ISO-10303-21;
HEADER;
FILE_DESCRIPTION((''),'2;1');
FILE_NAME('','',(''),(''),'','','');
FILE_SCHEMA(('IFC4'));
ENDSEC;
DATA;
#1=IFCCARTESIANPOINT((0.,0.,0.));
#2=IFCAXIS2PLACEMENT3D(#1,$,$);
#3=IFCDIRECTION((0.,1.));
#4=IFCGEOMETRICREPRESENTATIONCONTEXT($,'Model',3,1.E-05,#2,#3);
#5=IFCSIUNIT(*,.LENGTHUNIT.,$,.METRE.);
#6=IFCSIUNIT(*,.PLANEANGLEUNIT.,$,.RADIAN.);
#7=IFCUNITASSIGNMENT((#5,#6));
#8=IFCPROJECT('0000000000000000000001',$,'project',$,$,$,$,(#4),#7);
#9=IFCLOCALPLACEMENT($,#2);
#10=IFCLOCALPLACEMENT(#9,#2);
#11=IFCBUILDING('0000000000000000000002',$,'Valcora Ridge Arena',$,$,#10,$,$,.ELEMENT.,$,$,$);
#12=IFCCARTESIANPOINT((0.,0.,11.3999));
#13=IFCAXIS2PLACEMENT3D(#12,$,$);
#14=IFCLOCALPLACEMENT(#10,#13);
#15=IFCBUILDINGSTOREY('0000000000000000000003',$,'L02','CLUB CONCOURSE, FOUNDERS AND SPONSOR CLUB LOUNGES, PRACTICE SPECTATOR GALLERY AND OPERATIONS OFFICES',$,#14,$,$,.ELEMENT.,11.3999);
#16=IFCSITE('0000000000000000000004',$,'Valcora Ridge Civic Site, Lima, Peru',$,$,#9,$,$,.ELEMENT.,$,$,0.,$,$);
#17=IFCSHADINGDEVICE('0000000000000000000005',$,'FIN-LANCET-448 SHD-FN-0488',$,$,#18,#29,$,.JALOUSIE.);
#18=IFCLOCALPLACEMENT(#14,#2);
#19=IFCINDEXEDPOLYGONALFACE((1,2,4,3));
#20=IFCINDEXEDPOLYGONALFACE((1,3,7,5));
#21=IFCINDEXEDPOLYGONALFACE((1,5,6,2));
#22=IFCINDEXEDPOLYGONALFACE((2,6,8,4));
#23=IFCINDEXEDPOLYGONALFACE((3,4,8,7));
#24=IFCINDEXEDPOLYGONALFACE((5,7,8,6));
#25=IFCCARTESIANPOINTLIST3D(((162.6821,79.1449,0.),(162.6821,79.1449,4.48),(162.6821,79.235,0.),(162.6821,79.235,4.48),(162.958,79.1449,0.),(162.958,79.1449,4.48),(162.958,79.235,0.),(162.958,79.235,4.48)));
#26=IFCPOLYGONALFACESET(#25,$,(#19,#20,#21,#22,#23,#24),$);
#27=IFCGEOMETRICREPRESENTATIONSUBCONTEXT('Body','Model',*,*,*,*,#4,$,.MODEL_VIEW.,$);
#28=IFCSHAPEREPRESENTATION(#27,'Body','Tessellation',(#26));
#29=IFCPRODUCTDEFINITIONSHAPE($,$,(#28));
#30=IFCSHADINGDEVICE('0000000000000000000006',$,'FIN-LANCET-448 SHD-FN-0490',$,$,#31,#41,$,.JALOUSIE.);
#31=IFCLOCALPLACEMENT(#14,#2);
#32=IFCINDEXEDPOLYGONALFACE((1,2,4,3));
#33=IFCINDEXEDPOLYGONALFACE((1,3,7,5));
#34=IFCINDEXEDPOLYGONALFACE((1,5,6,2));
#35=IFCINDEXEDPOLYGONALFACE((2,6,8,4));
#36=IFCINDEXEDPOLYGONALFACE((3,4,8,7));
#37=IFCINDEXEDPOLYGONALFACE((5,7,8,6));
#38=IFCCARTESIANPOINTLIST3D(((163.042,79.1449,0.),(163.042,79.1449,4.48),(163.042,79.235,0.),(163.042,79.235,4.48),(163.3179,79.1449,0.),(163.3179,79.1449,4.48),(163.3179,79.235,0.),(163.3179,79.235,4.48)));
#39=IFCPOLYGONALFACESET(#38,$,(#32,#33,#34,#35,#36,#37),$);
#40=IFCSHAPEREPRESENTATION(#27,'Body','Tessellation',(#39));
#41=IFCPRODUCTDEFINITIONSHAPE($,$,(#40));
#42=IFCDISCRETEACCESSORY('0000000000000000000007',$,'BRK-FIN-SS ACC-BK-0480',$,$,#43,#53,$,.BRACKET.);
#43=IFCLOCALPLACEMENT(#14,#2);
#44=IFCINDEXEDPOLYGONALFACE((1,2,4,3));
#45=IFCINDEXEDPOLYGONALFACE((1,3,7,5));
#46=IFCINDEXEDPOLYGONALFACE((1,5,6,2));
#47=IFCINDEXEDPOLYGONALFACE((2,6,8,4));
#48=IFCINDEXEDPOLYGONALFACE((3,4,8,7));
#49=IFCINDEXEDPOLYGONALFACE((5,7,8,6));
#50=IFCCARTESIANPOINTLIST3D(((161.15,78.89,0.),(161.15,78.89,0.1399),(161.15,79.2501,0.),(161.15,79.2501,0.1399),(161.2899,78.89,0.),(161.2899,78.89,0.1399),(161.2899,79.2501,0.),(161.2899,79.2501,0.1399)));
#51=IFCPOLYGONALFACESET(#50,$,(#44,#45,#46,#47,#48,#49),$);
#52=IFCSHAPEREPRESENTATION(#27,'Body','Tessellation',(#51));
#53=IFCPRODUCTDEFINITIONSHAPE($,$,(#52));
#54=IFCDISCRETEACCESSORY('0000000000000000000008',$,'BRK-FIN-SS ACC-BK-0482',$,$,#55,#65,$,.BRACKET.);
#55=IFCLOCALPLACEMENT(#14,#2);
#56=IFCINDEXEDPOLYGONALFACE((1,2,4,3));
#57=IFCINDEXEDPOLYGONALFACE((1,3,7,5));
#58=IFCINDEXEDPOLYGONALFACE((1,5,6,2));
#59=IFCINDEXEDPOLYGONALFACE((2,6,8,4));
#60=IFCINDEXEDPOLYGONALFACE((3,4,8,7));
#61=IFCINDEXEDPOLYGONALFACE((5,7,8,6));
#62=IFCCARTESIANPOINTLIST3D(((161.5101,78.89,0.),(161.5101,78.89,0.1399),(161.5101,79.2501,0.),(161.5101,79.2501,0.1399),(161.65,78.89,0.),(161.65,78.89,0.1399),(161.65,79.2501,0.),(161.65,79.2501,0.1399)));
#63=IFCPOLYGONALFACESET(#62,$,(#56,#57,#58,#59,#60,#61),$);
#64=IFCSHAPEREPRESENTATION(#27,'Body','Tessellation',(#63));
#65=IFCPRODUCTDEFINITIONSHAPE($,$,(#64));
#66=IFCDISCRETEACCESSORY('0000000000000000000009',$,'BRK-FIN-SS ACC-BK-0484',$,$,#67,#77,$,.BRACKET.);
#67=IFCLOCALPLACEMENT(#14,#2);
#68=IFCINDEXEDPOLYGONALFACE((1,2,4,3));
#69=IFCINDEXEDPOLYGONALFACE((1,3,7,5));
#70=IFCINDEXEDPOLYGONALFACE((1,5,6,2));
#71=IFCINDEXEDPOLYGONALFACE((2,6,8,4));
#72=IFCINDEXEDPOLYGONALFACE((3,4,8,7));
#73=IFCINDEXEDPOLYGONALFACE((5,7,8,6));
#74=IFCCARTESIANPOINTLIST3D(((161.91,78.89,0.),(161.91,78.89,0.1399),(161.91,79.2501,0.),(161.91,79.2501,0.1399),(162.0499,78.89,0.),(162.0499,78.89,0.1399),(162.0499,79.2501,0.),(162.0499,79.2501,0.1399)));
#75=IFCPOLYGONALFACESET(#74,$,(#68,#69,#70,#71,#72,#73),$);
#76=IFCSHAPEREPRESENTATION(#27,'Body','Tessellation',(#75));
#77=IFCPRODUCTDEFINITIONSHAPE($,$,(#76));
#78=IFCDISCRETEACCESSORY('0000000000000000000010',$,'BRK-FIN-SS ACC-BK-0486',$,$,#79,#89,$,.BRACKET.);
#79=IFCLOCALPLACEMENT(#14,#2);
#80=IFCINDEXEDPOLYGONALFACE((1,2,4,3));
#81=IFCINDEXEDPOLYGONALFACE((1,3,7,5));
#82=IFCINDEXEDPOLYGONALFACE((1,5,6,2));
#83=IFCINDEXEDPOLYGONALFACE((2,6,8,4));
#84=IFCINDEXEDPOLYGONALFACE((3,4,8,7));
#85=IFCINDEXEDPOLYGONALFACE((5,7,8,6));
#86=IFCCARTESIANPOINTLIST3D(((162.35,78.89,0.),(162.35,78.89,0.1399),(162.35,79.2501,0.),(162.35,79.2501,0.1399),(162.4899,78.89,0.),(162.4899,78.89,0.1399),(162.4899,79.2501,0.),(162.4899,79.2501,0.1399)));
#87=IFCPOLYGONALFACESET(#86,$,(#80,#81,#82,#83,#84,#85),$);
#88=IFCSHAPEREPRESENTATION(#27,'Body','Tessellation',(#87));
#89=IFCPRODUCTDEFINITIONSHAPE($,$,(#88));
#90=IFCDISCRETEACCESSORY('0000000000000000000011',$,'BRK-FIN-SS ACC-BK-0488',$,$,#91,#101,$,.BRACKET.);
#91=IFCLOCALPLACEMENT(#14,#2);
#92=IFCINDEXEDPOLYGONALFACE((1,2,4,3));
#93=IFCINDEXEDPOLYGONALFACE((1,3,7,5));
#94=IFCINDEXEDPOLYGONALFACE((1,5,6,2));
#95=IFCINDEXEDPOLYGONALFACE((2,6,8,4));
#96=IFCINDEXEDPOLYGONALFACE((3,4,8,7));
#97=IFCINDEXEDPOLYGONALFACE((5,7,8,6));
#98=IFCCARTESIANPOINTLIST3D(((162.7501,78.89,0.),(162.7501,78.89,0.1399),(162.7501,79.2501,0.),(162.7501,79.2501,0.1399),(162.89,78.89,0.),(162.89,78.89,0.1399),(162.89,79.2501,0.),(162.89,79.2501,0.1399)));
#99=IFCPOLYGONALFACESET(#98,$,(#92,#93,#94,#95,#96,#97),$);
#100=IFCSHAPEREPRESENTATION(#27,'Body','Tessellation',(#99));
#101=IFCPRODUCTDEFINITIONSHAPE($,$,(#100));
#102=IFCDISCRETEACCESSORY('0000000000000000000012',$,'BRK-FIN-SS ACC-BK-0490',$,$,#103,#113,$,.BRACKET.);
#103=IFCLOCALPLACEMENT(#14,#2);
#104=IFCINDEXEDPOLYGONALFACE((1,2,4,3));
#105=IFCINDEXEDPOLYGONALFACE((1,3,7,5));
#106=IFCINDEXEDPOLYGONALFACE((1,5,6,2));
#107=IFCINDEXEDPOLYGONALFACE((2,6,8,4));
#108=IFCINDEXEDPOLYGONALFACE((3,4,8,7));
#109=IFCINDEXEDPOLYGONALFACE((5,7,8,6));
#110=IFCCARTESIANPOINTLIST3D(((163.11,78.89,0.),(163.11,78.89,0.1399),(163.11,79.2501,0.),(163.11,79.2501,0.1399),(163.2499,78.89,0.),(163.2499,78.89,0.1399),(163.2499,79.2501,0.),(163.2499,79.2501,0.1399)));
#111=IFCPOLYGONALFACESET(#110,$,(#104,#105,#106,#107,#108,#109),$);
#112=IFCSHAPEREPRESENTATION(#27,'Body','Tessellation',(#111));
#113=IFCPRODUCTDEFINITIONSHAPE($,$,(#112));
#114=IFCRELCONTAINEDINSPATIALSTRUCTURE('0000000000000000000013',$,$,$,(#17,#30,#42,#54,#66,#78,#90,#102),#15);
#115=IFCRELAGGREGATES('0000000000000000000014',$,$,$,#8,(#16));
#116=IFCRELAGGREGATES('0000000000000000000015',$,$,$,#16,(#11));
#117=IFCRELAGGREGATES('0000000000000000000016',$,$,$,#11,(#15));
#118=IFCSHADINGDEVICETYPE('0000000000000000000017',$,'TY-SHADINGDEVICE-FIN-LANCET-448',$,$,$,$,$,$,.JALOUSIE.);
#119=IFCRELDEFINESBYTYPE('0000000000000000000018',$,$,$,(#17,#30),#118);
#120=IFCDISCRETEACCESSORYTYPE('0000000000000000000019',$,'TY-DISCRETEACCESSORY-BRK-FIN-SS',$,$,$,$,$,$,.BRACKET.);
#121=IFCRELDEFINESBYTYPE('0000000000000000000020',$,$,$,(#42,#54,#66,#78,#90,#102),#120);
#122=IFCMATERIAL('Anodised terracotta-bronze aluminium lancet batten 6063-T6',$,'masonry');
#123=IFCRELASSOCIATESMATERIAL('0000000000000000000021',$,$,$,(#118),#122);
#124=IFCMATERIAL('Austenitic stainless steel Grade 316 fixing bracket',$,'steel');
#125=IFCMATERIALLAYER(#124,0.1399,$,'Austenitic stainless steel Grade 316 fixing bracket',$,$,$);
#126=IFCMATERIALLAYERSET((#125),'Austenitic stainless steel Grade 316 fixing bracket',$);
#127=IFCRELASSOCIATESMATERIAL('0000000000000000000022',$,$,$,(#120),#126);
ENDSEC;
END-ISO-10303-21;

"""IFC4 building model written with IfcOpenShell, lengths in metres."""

from ifc_helpers import new_model, si_unit, direction, frame, origin, origin_2d, place, context, subcontext, project, spatial, rectangle, extrude, material, layer, layer_set, material_profile, profile_set, type_object, element, save


model = new_model("IFC4")

# Units and contexts
model_context = context("Model", 3, precision=1e-05, world=origin(), true_north=direction((0.0, 1.0)))
body_context = subcontext(model_context, "Body", "Model", "MODEL_VIEW")
ifc_project = project(units=[si_unit("LENGTHUNIT", "METRE"), si_unit("PLANEANGLEUNIT", "RADIAN")], contexts=[model_context])

# Site, building, storey
site_placement = place(None, origin())
site = spatial("IfcSite", under=ifc_project, at=site_placement, Name="Valcora Ridge Civic Site, Lima, Peru", CompositionType="ELEMENT", RefElevation=0.0)
building_placement = place(site_placement, origin())
building = spatial("IfcBuilding", under=site, at=building_placement, Name="Valcora Ridge Arena", CompositionType="ELEMENT")
storey_placement = place(building_placement, frame((0.0, 0.0, 11.3999)))
storey = spatial("IfcBuildingStorey", under=building, at=storey_placement, Name="L02", Description="CLUB CONCOURSE, FOUNDERS AND SPONSOR CLUB LOUNGES, PRACTICE SPECTATOR GALLERY AND OPERATIONS OFFICES", CompositionType="ELEMENT", Elevation=11.3999)

# Shared definitions
ifc_material_1 = material(Name="Anodised terracotta-bronze aluminium lancet batten 6063-T6", Category="masonry")

# Shading devices
ifc_material_profile_1 = material_profile(ifc_material_1, rectangle(XDim=0.0901, YDim=0.2759, at=origin_2d()), Name="ALU LANCET BATTEN 90x276")
ifc_profile_set_1 = profile_set([ifc_material_profile_1], Name="Anodised terracotta-bronze aluminium lancet batten 6063-T6")
shading_device_type = type_object("IfcShadingDeviceType", Name="TY-SHADINGDEVICE-FIN-LANCET-448", PredefinedType="JALOUSIE", material=ifc_profile_set_1)
for number, where, z_axis, x_axis, name in (
    (1, (162.8201, 79.1899, 0.0), (0.0, 0.0, 1.0), (0.0, 1.0, 0.0), "FIN-LANCET-448 SHD-FN-0488"),
    (2, (163.1799, 79.1899, 0.0), (0.0, 0.0, 1.0), (0.0, 1.0, 0.0), "FIN-LANCET-448 SHD-FN-0490"),
):
    element("IfcShadingDevice", number, at=place(storey_placement, frame(where, z_axis=z_axis, x_axis=x_axis)), inside=storey, type_object=shading_device_type, Name=name, PredefinedType="JALOUSIE", context=body_context, shape_type="SweptSolid", body=[
        extrude(rectangle(XDim=0.0901, YDim=0.2759, at=origin_2d()), origin(), (0.0, 0.0, 1.0), 4.48),
    ])

# Discrete accessories
ifc_material_2 = material(Name="Austenitic stainless steel Grade 316 fixing bracket", Category="steel")
ifc_layer_1 = layer(ifc_material_2, 0.1399, Name="Austenitic stainless steel Grade 316 fixing bracket")
ifc_layer_set_1 = layer_set([ifc_layer_1], Name="Austenitic stainless steel Grade 316 fixing bracket")
discrete_accessory_type = type_object("IfcDiscreteAccessoryType", Name="TY-DISCRETEACCESSORY-BRK-FIN-SS", PredefinedType="BRACKET", material=ifc_layer_set_1)
for number, where, z_axis, x_axis, name in (
    (3, (161.22, 79.0701, 0.0), (0.0, 0.0, 1.0), (0.0, 1.0, 0.0), "BRK-FIN-SS ACC-BK-0480"),
    (4, (161.5801, 79.0701, 0.0), (0.0, 0.0, 1.0), (0.0, 1.0, 0.0), "BRK-FIN-SS ACC-BK-0482"),
    (5, (161.98, 79.0701, 0.0), (0.0, 0.0, 1.0), (0.0, 1.0, 0.0), "BRK-FIN-SS ACC-BK-0484"),
    (6, (162.4199, 79.0701, 0.0), (0.0, 0.0, 1.0), (0.0, 1.0, 0.0), "BRK-FIN-SS ACC-BK-0486"),
    (7, (162.8201, 79.0701, 0.0), (0.0, 0.0, 1.0), (0.0, 1.0, 0.0), "BRK-FIN-SS ACC-BK-0488"),
    (8, (163.1799, 79.0701, 0.0), (0.0, 0.0, 1.0), (0.0, 1.0, 0.0), "BRK-FIN-SS ACC-BK-0490"),
):
    element("IfcDiscreteAccessory", number, at=place(storey_placement, frame(where, z_axis=z_axis, x_axis=x_axis)), inside=storey, type_object=discrete_accessory_type, Name=name, PredefinedType="BRACKET", context=body_context, shape_type="SweptSolid", body=[
        extrude(rectangle(XDim=0.3601, YDim=0.1399, at=origin_2d()), origin(), (0.0, 0.0, 1.0), 0.1399),
    ])

save(model, "model.ifc")
